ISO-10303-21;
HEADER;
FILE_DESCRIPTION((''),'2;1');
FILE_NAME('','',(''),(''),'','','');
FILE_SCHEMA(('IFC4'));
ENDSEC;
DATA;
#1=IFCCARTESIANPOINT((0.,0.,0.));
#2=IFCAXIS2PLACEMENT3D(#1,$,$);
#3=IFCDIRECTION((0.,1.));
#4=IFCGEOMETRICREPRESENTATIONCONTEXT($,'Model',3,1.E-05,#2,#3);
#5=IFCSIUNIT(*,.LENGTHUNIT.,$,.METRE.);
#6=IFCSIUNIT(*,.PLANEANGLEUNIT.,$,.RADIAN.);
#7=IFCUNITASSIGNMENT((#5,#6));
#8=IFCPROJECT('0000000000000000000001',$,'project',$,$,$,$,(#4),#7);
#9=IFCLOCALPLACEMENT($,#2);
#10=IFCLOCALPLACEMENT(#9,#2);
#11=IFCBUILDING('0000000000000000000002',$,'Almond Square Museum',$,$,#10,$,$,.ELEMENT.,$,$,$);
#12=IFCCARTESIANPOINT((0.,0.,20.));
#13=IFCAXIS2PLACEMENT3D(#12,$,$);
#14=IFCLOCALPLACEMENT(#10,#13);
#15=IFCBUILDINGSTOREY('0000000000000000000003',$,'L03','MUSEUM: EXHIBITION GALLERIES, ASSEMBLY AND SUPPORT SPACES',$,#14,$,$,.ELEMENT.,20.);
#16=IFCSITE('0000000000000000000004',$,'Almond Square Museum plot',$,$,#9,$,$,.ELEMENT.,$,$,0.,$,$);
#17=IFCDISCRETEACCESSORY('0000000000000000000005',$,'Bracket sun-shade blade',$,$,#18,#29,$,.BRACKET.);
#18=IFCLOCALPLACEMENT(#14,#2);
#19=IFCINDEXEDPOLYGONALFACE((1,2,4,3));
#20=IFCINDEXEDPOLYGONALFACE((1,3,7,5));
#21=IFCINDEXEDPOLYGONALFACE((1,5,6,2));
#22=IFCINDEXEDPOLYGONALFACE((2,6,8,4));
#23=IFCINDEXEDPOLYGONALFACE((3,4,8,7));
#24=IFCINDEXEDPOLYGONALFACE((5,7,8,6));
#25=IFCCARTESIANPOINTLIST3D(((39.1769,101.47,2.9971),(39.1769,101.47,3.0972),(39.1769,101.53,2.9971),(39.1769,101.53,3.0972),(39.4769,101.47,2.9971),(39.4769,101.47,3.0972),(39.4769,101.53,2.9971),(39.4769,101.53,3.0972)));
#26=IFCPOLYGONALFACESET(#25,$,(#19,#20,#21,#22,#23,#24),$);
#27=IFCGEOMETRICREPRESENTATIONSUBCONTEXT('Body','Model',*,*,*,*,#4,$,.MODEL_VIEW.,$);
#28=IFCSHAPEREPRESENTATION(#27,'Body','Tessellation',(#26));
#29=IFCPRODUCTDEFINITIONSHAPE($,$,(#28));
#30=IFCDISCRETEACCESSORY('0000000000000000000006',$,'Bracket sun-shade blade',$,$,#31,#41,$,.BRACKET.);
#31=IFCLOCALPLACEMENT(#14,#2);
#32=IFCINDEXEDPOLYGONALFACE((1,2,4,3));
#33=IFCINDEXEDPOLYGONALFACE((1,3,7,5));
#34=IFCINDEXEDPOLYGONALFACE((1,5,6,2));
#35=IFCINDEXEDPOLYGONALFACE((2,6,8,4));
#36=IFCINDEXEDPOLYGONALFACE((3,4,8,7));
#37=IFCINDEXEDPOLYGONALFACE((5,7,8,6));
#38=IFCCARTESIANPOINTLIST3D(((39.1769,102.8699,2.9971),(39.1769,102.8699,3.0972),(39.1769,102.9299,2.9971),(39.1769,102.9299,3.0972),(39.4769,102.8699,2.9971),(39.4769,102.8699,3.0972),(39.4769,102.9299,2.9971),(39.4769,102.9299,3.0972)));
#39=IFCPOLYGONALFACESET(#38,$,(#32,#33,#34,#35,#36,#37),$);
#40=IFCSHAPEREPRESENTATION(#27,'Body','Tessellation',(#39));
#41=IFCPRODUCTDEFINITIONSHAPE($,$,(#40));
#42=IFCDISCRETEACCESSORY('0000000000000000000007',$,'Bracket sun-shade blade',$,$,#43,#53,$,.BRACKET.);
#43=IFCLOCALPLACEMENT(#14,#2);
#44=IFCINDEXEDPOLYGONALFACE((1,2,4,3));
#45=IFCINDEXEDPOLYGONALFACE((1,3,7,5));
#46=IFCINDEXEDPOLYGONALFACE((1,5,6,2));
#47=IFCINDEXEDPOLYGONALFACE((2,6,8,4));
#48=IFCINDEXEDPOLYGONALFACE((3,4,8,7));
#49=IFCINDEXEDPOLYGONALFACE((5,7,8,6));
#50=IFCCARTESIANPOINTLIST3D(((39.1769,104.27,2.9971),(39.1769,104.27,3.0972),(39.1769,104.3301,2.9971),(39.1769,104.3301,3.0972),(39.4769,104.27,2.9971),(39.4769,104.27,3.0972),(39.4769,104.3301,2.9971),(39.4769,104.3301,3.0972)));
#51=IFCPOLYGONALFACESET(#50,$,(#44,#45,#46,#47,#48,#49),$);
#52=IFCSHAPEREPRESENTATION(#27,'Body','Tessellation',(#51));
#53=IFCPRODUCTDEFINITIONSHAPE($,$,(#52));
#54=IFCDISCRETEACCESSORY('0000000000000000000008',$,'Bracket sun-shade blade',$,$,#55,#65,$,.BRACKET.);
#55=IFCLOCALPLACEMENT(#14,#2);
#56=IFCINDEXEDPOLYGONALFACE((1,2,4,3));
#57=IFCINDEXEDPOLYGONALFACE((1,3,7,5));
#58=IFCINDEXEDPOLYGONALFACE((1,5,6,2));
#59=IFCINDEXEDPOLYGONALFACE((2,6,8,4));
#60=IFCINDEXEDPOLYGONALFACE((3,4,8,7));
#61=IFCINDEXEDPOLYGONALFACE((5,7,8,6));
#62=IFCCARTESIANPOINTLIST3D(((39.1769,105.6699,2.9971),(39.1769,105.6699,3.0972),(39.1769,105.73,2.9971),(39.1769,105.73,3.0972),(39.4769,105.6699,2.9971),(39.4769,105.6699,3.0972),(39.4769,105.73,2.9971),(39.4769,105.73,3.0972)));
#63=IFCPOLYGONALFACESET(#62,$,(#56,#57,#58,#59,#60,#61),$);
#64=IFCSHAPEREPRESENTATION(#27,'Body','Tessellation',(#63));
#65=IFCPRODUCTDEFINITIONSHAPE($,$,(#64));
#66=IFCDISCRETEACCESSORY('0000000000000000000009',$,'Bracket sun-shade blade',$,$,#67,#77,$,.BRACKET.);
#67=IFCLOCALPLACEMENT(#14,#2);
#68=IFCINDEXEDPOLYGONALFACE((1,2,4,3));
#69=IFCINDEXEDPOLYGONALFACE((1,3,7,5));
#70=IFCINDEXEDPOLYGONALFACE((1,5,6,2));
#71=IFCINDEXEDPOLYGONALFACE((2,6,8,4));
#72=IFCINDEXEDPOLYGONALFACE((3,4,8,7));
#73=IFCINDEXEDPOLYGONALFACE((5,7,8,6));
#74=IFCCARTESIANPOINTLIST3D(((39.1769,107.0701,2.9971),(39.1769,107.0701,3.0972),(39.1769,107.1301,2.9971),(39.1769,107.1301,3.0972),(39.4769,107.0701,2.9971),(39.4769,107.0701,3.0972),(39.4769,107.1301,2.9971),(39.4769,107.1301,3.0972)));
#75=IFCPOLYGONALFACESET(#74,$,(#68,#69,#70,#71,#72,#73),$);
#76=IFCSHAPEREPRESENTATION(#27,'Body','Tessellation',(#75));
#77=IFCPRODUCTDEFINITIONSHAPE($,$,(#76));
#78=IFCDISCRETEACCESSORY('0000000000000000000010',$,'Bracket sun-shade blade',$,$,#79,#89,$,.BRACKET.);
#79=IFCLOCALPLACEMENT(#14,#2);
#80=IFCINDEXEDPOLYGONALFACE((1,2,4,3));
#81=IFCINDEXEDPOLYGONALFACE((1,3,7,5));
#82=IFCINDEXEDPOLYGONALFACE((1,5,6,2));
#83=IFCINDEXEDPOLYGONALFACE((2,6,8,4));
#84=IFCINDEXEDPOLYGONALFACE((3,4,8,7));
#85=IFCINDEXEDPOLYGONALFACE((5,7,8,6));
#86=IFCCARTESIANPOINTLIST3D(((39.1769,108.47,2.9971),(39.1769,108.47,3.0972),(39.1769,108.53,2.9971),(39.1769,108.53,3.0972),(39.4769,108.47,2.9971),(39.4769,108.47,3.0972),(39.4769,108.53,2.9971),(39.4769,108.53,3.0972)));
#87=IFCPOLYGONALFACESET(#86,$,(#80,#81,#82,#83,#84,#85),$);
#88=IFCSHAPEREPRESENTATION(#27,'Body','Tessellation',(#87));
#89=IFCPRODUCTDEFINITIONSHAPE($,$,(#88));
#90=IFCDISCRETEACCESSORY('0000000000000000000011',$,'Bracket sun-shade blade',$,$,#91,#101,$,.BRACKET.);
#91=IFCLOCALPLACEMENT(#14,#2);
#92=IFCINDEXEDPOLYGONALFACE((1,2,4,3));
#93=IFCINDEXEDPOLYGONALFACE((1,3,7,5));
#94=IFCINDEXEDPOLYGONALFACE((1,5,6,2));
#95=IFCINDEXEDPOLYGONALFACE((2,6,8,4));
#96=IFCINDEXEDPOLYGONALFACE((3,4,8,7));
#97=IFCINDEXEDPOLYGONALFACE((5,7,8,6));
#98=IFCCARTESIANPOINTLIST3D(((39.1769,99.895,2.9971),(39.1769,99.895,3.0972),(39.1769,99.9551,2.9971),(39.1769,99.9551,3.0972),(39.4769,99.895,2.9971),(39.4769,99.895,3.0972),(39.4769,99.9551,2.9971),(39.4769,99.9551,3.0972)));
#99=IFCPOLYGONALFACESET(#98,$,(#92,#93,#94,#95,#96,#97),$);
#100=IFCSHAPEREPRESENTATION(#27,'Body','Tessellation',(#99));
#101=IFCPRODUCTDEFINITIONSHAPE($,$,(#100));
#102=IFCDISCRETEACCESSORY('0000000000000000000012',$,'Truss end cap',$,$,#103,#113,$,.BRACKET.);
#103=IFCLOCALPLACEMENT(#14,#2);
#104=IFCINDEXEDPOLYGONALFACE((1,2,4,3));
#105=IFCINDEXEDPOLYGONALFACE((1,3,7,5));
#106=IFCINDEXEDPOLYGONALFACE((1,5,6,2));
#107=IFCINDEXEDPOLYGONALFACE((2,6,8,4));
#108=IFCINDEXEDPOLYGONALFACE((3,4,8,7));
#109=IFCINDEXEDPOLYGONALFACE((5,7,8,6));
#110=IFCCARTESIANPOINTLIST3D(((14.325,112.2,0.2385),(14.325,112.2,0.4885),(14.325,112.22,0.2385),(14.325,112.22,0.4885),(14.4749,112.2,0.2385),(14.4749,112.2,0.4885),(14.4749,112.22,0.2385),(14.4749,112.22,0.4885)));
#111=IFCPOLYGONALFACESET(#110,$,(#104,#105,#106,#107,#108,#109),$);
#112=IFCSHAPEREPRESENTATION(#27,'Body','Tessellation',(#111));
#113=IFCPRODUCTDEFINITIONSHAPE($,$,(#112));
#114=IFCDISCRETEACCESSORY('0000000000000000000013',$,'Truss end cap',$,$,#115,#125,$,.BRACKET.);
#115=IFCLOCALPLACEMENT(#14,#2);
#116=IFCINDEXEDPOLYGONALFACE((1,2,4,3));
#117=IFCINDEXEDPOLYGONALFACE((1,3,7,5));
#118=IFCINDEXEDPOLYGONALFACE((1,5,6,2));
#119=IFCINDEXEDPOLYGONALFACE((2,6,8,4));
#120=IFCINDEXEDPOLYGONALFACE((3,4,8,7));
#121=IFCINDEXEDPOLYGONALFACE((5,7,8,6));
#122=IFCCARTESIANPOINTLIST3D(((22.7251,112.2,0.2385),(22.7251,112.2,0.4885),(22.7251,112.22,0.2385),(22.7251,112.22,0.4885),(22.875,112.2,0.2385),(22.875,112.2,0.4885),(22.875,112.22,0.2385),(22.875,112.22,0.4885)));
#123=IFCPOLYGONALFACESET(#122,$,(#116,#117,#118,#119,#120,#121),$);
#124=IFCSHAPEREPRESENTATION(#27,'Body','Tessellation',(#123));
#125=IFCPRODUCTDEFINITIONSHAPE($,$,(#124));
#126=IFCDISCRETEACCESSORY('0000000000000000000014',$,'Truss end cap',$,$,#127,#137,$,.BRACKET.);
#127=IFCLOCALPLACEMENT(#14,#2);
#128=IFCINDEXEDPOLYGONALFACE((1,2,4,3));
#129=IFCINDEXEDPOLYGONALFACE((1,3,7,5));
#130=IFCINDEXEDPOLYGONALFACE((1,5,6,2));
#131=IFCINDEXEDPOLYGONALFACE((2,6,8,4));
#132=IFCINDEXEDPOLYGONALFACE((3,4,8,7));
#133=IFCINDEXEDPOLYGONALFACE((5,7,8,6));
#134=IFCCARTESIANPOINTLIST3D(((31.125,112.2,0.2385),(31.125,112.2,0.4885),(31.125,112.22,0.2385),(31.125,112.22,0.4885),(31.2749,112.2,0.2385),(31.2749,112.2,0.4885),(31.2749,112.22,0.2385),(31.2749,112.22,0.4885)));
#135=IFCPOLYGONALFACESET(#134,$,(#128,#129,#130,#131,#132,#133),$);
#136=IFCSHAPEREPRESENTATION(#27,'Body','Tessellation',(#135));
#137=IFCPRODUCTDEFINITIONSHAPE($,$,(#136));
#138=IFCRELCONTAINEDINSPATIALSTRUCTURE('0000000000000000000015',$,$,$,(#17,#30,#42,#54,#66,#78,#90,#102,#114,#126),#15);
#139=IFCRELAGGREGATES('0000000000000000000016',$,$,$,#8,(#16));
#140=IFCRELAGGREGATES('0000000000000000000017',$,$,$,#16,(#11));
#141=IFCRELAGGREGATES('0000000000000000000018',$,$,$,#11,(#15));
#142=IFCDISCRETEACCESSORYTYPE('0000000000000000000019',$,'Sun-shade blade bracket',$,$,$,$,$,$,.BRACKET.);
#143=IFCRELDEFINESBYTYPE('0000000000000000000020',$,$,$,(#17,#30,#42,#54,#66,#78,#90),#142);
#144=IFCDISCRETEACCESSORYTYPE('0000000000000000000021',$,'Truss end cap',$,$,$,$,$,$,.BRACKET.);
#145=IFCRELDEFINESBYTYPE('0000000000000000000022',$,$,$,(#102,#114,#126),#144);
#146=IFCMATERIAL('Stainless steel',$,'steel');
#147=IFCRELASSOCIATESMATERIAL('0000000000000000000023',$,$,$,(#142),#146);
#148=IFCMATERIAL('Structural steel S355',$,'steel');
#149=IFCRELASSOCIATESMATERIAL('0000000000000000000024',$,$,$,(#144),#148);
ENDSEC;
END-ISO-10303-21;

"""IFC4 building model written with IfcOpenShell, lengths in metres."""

from ifc_helpers import new_model, si_unit, direction, frame, origin, origin_2d, place, context, subcontext, project, spatial, rectangle, extrude, material, type_object, element, save


model = new_model("IFC4")

# Units and contexts
model_context = context("Model", 3, precision=1e-05, world=origin(), true_north=direction((0.0, 1.0)))
body_context = subcontext(model_context, "Body", "Model", "MODEL_VIEW")
ifc_project = project(units=[si_unit("LENGTHUNIT", "METRE"), si_unit("PLANEANGLEUNIT", "RADIAN")], contexts=[model_context])

# Site, building, storey
site_placement = place(None, origin())
site = spatial("IfcSite", under=ifc_project, at=site_placement, Name="Almond Square Museum plot", CompositionType="ELEMENT", RefElevation=0.0)
building_placement = place(site_placement, origin())
building = spatial("IfcBuilding", under=site, at=building_placement, Name="Almond Square Museum", CompositionType="ELEMENT")
storey_placement = place(building_placement, frame((0.0, 0.0, 20.0)))
storey = spatial("IfcBuildingStorey", under=building, at=storey_placement, Name="L03", Description="MUSEUM: EXHIBITION GALLERIES, ASSEMBLY AND SUPPORT SPACES", CompositionType="ELEMENT", Elevation=20.0)

# Discrete accessories
ifc_material_1 = material(Name="Stainless steel", Category="steel")
discrete_accessory_type_1 = type_object("IfcDiscreteAccessoryType", Name="Sun-shade blade bracket", PredefinedType="BRACKET", material=ifc_material_1)
for number, where, z_axis, x_axis, name in (
    (1, (39.3269, 101.5, 2.9971), (0.0, 0.0, 1.0), (1.0, 0.0, 0.0), "Bracket sun-shade blade"),
    (2, (39.3269, 102.8999, 2.9971), (0.0, 0.0, 1.0), (1.0, 0.0, 0.0), "Bracket sun-shade blade"),
    (3, (39.3269, 104.3, 2.9971), (0.0, 0.0, 1.0), (1.0, 0.0, 0.0), "Bracket sun-shade blade"),
    (4, (39.3269, 105.7, 2.9971), (0.0, 0.0, 1.0), (1.0, 0.0, 0.0), "Bracket sun-shade blade"),
    (5, (39.3269, 107.1001, 2.9971), (0.0, 0.0, 1.0), (1.0, 0.0, 0.0), "Bracket sun-shade blade"),
    (6, (39.3269, 108.5, 2.9971), (0.0, 0.0, 1.0), (1.0, 0.0, 0.0), "Bracket sun-shade blade"),
    (7, (39.3269, 99.925, 2.9971), (0.0, 0.0, 1.0), (1.0, 0.0, 0.0), "Bracket sun-shade blade"),
):
    element("IfcDiscreteAccessory", number, at=place(storey_placement, frame(where, z_axis=z_axis, x_axis=x_axis)), inside=storey, type_object=discrete_accessory_type_1, Name=name, PredefinedType="BRACKET", context=body_context, shape_type="SweptSolid", body=[
        extrude(rectangle(XDim=0.3, YDim=0.0601, at=origin_2d()), origin(), (0.0, 0.0, 1.0), 0.1001),
    ])
ifc_material_2 = material(Name="Structural steel S355", Category="steel")
discrete_accessory_type_2 = type_object("IfcDiscreteAccessoryType", Name="Truss end cap", PredefinedType="BRACKET", material=ifc_material_2)
for number, where, z_axis, x_axis, name in (
    (8, (14.3999, 112.21, 0.2385), (0.0, 0.0, 1.0), (1.0, 0.0, 0.0), "Truss end cap"),
    (9, (22.8, 112.21, 0.2385), (0.0, 0.0, 1.0), (1.0, 0.0, 0.0), "Truss end cap"),
    (10, (31.2, 112.21, 0.2385), (0.0, 0.0, 1.0), (1.0, 0.0, 0.0), "Truss end cap"),
):
    element("IfcDiscreteAccessory", number, at=place(storey_placement, frame(where, z_axis=z_axis, x_axis=x_axis)), inside=storey, type_object=discrete_accessory_type_2, Name=name, PredefinedType="BRACKET", context=body_context, shape_type="SweptSolid", body=[
        extrude(rectangle(XDim=0.1499, YDim=0.02, at=origin_2d()), origin(), (0.0, 0.0, 1.0), 0.25),
    ])

save(model, "model.ifc")
